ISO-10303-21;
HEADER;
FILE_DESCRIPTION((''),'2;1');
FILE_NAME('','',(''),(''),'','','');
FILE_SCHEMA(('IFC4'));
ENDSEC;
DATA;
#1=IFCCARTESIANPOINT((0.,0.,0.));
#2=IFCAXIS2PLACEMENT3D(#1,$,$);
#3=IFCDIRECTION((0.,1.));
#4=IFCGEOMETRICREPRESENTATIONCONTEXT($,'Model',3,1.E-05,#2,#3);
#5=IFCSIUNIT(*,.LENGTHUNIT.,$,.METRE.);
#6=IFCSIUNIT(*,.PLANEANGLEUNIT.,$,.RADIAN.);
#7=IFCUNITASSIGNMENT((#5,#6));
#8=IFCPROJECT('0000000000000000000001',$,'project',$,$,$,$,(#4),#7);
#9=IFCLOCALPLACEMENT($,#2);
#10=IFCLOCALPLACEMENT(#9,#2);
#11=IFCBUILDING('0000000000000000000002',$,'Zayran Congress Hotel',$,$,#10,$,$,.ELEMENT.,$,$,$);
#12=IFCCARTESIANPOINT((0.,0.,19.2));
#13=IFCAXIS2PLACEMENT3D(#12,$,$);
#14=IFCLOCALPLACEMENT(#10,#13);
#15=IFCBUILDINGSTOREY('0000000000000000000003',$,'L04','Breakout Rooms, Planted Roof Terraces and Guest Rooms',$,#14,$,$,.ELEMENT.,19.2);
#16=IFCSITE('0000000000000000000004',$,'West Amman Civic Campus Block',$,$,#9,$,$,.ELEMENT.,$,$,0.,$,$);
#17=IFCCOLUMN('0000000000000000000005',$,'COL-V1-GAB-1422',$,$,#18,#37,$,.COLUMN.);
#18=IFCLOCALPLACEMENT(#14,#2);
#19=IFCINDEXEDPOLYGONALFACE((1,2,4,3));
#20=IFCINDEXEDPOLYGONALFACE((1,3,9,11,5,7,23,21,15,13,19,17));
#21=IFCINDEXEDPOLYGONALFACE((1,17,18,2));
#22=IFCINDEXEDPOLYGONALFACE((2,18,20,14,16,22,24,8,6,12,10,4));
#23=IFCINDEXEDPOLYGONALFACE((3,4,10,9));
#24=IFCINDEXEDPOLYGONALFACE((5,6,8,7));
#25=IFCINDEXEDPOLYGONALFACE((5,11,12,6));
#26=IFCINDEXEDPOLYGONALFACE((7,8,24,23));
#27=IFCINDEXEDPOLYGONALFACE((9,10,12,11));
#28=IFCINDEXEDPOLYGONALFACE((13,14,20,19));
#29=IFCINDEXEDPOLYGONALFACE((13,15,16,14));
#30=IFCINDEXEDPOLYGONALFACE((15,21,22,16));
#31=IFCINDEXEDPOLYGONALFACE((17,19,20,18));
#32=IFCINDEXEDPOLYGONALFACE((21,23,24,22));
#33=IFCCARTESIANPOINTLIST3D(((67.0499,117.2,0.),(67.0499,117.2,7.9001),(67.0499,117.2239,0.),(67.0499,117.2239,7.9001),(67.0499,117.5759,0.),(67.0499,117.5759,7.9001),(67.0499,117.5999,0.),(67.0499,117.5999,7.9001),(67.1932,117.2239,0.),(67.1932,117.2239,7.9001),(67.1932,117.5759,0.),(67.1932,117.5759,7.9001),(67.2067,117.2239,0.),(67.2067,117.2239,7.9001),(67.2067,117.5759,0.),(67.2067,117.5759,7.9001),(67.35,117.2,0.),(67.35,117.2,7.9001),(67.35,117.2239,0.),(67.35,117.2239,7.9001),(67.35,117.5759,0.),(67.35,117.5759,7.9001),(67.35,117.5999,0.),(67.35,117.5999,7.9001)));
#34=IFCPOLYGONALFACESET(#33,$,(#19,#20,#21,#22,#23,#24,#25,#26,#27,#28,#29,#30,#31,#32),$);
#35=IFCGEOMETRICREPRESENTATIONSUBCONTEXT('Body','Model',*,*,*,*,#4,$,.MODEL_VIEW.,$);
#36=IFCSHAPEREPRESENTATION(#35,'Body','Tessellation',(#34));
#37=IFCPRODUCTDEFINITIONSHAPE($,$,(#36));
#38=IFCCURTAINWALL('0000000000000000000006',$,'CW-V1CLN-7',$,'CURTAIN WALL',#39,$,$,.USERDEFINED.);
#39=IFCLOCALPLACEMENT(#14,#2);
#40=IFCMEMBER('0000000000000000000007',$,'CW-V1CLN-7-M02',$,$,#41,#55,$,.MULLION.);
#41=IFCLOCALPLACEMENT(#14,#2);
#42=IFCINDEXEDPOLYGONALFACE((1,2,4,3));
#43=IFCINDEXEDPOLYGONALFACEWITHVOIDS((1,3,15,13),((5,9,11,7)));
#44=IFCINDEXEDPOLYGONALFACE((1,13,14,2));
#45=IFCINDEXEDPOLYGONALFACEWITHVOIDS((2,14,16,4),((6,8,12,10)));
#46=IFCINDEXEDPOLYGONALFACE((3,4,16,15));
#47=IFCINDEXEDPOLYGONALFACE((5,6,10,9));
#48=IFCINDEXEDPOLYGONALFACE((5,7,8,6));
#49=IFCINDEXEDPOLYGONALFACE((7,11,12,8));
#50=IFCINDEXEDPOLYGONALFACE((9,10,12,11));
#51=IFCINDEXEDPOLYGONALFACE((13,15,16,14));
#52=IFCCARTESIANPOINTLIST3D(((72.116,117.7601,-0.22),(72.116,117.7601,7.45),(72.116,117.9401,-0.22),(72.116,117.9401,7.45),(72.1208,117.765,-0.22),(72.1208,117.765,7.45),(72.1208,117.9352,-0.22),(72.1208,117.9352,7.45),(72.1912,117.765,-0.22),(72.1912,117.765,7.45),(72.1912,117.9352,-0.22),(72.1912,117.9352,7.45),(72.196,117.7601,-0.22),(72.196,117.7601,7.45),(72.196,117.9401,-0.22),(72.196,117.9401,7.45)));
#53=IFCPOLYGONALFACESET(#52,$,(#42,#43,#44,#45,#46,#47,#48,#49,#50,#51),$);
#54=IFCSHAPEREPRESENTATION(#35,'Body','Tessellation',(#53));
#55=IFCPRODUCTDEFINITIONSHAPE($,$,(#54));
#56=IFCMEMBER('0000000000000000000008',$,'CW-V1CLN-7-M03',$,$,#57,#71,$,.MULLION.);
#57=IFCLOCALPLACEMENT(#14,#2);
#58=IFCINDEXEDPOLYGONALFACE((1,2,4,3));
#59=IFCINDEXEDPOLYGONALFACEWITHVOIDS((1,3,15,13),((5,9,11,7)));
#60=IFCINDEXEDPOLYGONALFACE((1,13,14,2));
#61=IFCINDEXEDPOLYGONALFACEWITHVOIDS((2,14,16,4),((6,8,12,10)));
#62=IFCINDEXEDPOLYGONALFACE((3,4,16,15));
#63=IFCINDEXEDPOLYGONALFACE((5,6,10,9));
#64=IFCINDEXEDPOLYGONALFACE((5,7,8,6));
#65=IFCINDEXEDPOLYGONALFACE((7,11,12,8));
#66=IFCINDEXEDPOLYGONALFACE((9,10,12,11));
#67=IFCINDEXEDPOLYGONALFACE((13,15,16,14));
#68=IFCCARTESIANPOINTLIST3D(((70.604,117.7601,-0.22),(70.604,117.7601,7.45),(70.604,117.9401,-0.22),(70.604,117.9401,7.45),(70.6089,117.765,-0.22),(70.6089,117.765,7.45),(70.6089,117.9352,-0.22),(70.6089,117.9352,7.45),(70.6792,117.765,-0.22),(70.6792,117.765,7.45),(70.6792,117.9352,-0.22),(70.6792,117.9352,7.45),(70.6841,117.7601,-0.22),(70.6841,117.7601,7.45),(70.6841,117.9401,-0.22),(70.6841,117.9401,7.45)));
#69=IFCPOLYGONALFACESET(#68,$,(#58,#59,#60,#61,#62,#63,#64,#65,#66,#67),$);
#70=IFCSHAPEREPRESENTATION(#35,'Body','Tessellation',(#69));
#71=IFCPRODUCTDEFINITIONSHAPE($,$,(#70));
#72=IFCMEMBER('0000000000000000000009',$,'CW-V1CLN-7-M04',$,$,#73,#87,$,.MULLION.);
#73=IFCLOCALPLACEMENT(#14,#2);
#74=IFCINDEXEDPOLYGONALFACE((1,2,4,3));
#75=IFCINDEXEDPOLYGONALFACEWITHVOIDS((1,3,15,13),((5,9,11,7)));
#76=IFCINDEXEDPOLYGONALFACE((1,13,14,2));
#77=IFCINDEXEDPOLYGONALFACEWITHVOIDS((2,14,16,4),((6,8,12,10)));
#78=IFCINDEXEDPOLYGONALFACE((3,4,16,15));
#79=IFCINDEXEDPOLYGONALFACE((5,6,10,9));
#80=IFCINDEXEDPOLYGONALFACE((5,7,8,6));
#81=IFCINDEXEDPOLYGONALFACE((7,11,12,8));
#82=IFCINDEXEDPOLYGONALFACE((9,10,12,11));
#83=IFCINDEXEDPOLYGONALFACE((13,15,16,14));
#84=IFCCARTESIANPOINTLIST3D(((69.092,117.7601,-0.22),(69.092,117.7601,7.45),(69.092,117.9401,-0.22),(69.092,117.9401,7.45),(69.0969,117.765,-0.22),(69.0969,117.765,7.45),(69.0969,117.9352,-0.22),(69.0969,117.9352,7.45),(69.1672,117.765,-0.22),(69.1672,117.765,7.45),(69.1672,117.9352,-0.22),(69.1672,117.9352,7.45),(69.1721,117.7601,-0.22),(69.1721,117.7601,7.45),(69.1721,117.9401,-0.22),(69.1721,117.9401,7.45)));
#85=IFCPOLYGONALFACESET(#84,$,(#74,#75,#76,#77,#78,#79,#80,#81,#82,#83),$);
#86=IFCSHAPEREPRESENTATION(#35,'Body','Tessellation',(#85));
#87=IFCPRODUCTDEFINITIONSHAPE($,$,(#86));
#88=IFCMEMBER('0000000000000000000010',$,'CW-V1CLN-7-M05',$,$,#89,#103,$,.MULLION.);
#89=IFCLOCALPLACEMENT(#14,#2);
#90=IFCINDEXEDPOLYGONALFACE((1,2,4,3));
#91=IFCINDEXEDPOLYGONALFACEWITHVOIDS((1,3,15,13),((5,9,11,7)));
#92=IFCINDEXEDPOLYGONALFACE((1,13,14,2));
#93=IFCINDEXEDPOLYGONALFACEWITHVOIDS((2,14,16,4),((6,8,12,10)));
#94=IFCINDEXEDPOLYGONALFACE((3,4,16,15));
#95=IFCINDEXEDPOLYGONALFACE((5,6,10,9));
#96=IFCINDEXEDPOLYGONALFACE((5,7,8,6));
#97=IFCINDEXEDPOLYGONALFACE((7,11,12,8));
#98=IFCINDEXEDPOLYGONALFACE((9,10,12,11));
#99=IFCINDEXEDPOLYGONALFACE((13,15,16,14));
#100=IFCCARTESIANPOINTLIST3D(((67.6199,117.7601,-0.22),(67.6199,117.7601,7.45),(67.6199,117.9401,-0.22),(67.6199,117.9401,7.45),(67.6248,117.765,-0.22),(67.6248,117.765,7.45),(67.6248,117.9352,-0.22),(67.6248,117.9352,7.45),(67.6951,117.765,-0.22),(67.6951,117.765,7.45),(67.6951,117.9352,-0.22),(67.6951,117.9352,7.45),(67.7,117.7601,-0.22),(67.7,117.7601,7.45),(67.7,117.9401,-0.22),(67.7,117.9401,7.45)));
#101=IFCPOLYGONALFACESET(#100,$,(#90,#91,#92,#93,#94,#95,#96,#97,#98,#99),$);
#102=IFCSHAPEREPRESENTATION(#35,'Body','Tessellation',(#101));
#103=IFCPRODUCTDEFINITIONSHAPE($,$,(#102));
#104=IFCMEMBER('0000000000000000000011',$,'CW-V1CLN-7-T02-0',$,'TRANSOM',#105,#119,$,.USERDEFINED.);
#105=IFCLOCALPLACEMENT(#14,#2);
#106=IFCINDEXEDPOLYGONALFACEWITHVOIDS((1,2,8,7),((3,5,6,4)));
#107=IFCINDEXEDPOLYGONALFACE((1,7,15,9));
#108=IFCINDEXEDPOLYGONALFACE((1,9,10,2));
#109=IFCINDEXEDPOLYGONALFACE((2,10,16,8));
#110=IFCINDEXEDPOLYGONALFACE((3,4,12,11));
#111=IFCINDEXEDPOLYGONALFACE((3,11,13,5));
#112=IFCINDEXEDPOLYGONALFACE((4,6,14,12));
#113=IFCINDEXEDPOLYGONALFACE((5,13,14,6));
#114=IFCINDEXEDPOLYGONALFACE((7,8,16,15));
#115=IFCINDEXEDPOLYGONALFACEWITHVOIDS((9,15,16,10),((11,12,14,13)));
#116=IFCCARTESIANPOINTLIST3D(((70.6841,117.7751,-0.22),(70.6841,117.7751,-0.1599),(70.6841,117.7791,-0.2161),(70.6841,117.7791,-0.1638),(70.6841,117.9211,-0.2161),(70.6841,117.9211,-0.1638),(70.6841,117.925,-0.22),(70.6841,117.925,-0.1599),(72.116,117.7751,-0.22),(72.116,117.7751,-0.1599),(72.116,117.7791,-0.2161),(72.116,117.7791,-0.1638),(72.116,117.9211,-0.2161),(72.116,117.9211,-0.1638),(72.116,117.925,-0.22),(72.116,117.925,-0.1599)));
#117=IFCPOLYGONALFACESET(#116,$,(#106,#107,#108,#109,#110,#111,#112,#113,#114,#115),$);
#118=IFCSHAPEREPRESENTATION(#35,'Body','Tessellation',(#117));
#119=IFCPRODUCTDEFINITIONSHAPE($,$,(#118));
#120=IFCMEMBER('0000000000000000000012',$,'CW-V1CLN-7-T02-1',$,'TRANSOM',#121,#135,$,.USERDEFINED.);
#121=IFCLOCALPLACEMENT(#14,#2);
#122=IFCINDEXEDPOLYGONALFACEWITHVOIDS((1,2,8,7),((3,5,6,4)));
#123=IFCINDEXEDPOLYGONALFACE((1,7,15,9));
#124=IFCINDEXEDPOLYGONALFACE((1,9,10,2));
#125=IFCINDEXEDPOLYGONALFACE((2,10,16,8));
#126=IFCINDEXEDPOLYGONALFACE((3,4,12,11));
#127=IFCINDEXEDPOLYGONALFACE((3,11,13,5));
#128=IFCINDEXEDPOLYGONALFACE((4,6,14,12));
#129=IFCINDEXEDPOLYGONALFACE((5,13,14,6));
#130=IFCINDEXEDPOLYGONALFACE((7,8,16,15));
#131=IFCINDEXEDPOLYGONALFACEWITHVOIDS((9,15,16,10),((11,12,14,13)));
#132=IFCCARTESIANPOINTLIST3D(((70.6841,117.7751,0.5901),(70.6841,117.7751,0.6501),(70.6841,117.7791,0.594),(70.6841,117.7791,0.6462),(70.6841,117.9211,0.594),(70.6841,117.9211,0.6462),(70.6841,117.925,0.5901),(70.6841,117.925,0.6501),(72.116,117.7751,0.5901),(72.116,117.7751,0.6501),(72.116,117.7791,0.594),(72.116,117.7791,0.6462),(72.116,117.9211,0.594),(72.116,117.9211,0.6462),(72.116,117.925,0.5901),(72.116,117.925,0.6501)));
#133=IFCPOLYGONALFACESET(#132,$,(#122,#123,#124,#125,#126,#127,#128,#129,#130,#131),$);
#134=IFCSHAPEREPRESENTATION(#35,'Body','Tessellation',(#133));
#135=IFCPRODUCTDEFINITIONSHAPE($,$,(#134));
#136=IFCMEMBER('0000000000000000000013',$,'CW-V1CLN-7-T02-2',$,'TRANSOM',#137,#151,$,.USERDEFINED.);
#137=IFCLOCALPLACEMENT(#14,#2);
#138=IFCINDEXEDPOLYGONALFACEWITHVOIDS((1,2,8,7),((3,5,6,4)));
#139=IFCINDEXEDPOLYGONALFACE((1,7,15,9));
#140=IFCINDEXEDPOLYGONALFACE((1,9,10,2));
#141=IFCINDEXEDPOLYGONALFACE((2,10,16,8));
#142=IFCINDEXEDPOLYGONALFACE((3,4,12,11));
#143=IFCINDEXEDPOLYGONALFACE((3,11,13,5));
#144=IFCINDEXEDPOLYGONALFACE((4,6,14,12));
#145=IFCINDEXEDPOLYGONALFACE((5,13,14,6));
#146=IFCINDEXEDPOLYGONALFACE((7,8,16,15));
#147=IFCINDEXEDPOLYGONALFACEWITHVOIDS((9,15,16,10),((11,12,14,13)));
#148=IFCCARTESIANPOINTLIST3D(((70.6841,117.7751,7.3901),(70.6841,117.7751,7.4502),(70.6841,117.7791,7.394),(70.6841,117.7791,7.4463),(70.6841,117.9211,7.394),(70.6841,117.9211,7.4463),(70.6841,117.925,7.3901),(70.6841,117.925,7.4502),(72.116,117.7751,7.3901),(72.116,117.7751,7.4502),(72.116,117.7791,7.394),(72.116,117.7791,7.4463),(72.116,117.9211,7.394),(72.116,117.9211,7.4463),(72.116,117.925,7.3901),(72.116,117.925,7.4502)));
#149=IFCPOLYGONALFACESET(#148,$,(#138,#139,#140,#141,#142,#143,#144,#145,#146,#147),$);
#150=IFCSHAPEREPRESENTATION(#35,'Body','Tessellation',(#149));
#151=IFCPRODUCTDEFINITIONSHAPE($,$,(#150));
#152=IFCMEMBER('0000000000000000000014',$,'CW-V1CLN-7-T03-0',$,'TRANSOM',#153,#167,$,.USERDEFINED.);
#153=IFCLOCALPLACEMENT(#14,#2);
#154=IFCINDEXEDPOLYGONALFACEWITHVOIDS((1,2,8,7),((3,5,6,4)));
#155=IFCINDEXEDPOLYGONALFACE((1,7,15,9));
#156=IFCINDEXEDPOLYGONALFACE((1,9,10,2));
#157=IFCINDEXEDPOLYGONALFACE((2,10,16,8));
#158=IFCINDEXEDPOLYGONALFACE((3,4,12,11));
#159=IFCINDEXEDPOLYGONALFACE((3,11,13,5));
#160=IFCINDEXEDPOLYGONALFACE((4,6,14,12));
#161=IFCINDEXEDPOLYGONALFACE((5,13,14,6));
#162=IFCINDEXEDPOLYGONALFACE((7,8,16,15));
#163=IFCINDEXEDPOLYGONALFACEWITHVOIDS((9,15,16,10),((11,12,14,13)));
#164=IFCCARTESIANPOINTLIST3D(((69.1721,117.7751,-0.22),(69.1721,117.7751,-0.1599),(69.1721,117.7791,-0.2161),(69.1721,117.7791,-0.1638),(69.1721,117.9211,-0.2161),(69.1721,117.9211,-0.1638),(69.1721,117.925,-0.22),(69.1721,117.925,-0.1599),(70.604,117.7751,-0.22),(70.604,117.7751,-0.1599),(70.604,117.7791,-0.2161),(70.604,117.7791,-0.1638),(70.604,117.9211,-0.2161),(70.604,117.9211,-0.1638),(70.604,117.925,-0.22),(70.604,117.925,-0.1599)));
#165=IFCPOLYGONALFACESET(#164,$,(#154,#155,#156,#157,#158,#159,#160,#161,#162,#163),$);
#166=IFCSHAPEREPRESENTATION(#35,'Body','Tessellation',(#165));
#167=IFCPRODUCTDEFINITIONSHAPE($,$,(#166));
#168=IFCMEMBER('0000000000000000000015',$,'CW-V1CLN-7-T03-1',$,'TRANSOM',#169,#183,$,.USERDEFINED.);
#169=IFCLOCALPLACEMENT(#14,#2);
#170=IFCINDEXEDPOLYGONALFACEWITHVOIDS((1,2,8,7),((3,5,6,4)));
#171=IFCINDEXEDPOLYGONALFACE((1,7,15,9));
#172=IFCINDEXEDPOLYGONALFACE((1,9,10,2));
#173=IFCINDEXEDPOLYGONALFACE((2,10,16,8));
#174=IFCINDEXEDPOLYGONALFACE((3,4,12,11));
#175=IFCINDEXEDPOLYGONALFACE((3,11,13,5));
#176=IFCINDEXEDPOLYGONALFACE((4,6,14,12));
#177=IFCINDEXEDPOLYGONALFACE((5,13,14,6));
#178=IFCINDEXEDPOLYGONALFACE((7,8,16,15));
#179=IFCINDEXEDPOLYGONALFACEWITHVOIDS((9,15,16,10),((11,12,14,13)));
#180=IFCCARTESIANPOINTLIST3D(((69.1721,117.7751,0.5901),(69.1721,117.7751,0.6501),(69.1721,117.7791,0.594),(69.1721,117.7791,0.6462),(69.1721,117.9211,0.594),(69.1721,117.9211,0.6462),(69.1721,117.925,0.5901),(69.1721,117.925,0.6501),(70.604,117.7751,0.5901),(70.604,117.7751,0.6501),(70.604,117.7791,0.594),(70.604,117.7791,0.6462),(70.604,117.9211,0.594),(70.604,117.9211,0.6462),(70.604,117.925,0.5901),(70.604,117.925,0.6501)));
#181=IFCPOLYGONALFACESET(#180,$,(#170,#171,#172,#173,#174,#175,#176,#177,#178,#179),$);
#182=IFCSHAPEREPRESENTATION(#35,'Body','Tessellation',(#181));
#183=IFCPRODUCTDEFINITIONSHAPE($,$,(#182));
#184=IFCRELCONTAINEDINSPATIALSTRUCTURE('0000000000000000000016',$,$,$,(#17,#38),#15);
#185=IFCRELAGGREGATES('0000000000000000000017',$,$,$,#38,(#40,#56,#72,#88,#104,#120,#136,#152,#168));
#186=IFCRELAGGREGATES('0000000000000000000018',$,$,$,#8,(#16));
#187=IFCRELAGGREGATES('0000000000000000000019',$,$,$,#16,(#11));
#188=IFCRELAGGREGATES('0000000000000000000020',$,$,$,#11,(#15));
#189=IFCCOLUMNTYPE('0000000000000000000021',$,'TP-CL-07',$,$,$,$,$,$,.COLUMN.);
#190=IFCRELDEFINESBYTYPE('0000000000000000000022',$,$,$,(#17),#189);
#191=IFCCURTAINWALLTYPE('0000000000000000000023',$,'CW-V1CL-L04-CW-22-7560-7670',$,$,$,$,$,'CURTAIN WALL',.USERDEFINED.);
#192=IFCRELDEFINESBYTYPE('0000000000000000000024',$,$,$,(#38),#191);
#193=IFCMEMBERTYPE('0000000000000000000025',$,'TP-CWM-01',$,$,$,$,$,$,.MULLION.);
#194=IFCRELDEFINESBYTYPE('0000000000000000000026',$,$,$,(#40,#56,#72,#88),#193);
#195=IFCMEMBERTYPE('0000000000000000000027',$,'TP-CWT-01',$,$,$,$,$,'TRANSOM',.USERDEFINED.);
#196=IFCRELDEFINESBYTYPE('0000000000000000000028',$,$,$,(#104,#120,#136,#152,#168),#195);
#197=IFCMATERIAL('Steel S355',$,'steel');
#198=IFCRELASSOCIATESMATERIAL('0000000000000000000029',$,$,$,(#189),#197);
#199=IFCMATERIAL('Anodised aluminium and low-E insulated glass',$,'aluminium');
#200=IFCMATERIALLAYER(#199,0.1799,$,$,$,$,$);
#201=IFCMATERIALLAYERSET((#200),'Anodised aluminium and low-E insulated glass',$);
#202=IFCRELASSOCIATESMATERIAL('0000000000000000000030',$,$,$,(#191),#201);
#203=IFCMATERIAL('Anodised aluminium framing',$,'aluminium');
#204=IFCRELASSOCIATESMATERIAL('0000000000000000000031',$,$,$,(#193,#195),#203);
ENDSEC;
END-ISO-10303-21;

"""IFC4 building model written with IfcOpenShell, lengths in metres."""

from ifc_helpers import new_model, si_unit, direction, frame, origin, origin_2d, place, context, subcontext, project, spatial, hollow_rectangle, i_section, extrude, material, layer, layer_set, material_profile, profile_set, type_object, element, aggregate, save


model = new_model("IFC4")

# Units and contexts
model_context = context("Model", 3, precision=1e-05, world=origin(), true_north=direction((0.0, 1.0)))
body_context = subcontext(model_context, "Body", "Model", "MODEL_VIEW")
ifc_project = project(units=[si_unit("LENGTHUNIT", "METRE"), si_unit("PLANEANGLEUNIT", "RADIAN")], contexts=[model_context])

# Site, building, storey
site_placement = place(None, origin())
site = spatial("IfcSite", under=ifc_project, at=site_placement, Name="West Amman Civic Campus Block", CompositionType="ELEMENT", RefElevation=0.0)
building_placement = place(site_placement, origin())
building = spatial("IfcBuilding", under=site, at=building_placement, Name="Zayran Congress Hotel", CompositionType="ELEMENT")
storey_placement = place(building_placement, frame((0.0, 0.0, 19.2)))
storey = spatial("IfcBuildingStorey", under=building, at=storey_placement, Name="L04", Description="Breakout Rooms, Planted Roof Terraces and Guest Rooms", CompositionType="ELEMENT", Elevation=19.2)

# Column
ifc_material_1 = material(Name="Steel S355", Category="steel")
ifc_material_profile_1 = material_profile(ifc_material_1, i_section(OverallWidth=0.3, OverallDepth=0.3999, WebThickness=0.0134, FlangeThickness=0.0239, at=origin_2d()), Name="HEB 400")
ifc_profile_set_1 = profile_set([ifc_material_profile_1], Name="Steel S355")
column_type = type_object("IfcColumnType", Name="TP-CL-07", PredefinedType="COLUMN", material=ifc_profile_set_1)
column_placement = place(storey_placement, frame((67.2, 117.3999, 0.0), z_axis=(0.0, 0.0, 1.0), x_axis=(1.0, 0.0, 0.0)))
element("IfcColumn", 1, at=column_placement, inside=storey, type_object=column_type, Name="COL-V1-GAB-1422", PredefinedType="COLUMN", context=body_context, shape_type="SweptSolid", body=[
    extrude(i_section(OverallWidth=0.3, OverallDepth=0.3999, WebThickness=0.0134, FlangeThickness=0.0239, at=origin_2d()), origin(), (0.0, 0.0, 1.0), 7.9001),
])

# Curtain wall, members
ifc_material_2 = material(Name="Anodised aluminium and low-E insulated glass", Category="aluminium")
ifc_layer_1 = layer(ifc_material_2, 0.1799)
ifc_layer_set_1 = layer_set([ifc_layer_1], Name="Anodised aluminium and low-E insulated glass")
curtain_wall_type = type_object("IfcCurtainWallType", Name="CW-V1CL-L04-CW-22-7560-7670", ElementType="CURTAIN WALL", PredefinedType="USERDEFINED", material=ifc_layer_set_1)
curtain_wall_placement = place(storey_placement, origin())
curtain_wall = element("IfcCurtainWall", 2, at=curtain_wall_placement, inside=storey, type_object=curtain_wall_type, Name="CW-V1CLN-7", ObjectType="CURTAIN WALL", PredefinedType="USERDEFINED")
ifc_material_3 = material(Name="Anodised aluminium framing", Category="aluminium")
ifc_material_profile_2 = material_profile(ifc_material_3, hollow_rectangle(XDim=0.0801, YDim=0.1799, WallThickness=0.0049, at=origin_2d()), Name="RHS 180x80x5")
ifc_profile_set_2 = profile_set([ifc_material_profile_2], Name="Anodised aluminium framing")
member_type_1 = type_object("IfcMemberType", Name="TP-CWM-01", PredefinedType="MULLION", material=ifc_profile_set_2)
member_1_placement = place(storey_placement, frame((72.156, 117.8501, -0.22), z_axis=(0.0, 0.0, 1.0), x_axis=(1.0, 0.0, 0.0)))
member_1 = element("IfcMember", 3, at=member_1_placement, type_object=member_type_1, Name="CW-V1CLN-7-M02", PredefinedType="MULLION", context=body_context, shape_type="SweptSolid", body=[
    extrude(hollow_rectangle(XDim=0.0801, YDim=0.1799, WallThickness=0.0049, at=origin_2d()), origin(), (0.0, 0.0, 1.0), 7.6699),
])
member_2_placement = place(storey_placement, frame((70.644, 117.8501, -0.22), z_axis=(0.0, 0.0, 1.0), x_axis=(1.0, 0.0, 0.0)))
member_2 = element("IfcMember", 4, at=member_2_placement, type_object=member_type_1, Name="CW-V1CLN-7-M03", PredefinedType="MULLION", context=body_context, shape_type="SweptSolid", body=[
    extrude(hollow_rectangle(XDim=0.0801, YDim=0.1799, WallThickness=0.0049, at=origin_2d()), origin(), (0.0, 0.0, 1.0), 7.6699),
])
member_3_placement = place(storey_placement, frame((69.1321, 117.8501, -0.22), z_axis=(0.0, 0.0, 1.0), x_axis=(1.0, 0.0, 0.0)))
member_3 = element("IfcMember", 5, at=member_3_placement, type_object=member_type_1, Name="CW-V1CLN-7-M04", PredefinedType="MULLION", context=body_context, shape_type="SweptSolid", body=[
    extrude(hollow_rectangle(XDim=0.0801, YDim=0.1799, WallThickness=0.0049, at=origin_2d()), origin(), (0.0, 0.0, 1.0), 7.6699),
])
member_4_placement = place(storey_placement, frame((67.6599, 117.8501, -0.22), z_axis=(0.0, 0.0, 1.0), x_axis=(1.0, 0.0, 0.0)))
member_4 = element("IfcMember", 6, at=member_4_placement, type_object=member_type_1, Name="CW-V1CLN-7-M05", PredefinedType="MULLION", context=body_context, shape_type="SweptSolid", body=[
    extrude(hollow_rectangle(XDim=0.0801, YDim=0.1799, WallThickness=0.0049, at=origin_2d()), origin(), (0.0, 0.0, 1.0), 7.6699),
])
ifc_material_profile_3 = material_profile(ifc_material_3, hollow_rectangle(XDim=0.0601, YDim=0.1499, WallThickness=0.0039, at=origin_2d()), Name="RHS 150x60x4")
ifc_profile_set_3 = profile_set([ifc_material_profile_3], Name="Anodised aluminium framing")
member_type_2 = type_object("IfcMemberType", Name="TP-CWT-01", ElementType="TRANSOM", PredefinedType="USERDEFINED", material=ifc_profile_set_3)
member_5_placement = place(storey_placement, frame((72.116, 117.8501, -0.1899), z_axis=(-1.0, 0.0, 0.0), x_axis=(0.0, 0.0, 1.0)))
member_5 = element("IfcMember", 7, at=member_5_placement, type_object=member_type_2, Name="CW-V1CLN-7-T02-0", ObjectType="TRANSOM", PredefinedType="USERDEFINED", context=body_context, shape_type="SweptSolid", body=[
    extrude(hollow_rectangle(XDim=0.0601, YDim=0.1499, WallThickness=0.0039, at=origin_2d()), origin(), (0.0, 0.0, 1.0), 1.4319),
])
member_6_placement = place(storey_placement, frame((72.116, 117.8501, 0.6201), z_axis=(-1.0, 0.0, 0.0), x_axis=(0.0, 0.0, 1.0)))
member_6 = element("IfcMember", 8, at=member_6_placement, type_object=member_type_2, Name="CW-V1CLN-7-T02-1", ObjectType="TRANSOM", PredefinedType="USERDEFINED", context=body_context, shape_type="SweptSolid", body=[
    extrude(hollow_rectangle(XDim=0.0601, YDim=0.1499, WallThickness=0.0039, at=origin_2d()), origin(), (0.0, 0.0, 1.0), 1.4319),
])
member_7_placement = place(storey_placement, frame((72.116, 117.8501, 7.4202), z_axis=(-1.0, 0.0, 0.0), x_axis=(0.0, 0.0, 1.0)))
member_7 = element("IfcMember", 9, at=member_7_placement, type_object=member_type_2, Name="CW-V1CLN-7-T02-2", ObjectType="TRANSOM", PredefinedType="USERDEFINED", context=body_context, shape_type="SweptSolid", body=[
    extrude(hollow_rectangle(XDim=0.0601, YDim=0.1499, WallThickness=0.0039, at=origin_2d()), origin(), (0.0, 0.0, 1.0), 1.4319),
])
member_8_placement = place(storey_placement, frame((70.604, 117.8501, -0.1899), z_axis=(-1.0, 0.0, 0.0), x_axis=(0.0, 0.0, 1.0)))
member_8 = element("IfcMember", 10, at=member_8_placement, type_object=member_type_2, Name="CW-V1CLN-7-T03-0", ObjectType="TRANSOM", PredefinedType="USERDEFINED", context=body_context, shape_type="SweptSolid", body=[
    extrude(hollow_rectangle(XDim=0.0601, YDim=0.1499, WallThickness=0.0039, at=origin_2d()), origin(), (0.0, 0.0, 1.0), 1.4319),
])
member_9_placement = place(storey_placement, frame((70.604, 117.8501, 0.6201), z_axis=(-1.0, 0.0, 0.0), x_axis=(0.0, 0.0, 1.0)))
member_9 = element("IfcMember", 11, at=member_9_placement, type_object=member_type_2, Name="CW-V1CLN-7-T03-1", ObjectType="TRANSOM", PredefinedType="USERDEFINED", context=body_context, shape_type="SweptSolid", body=[
    extrude(hollow_rectangle(XDim=0.0601, YDim=0.1499, WallThickness=0.0039, at=origin_2d()), origin(), (0.0, 0.0, 1.0), 1.4319),
])

aggregate(curtain_wall, [member_1, member_2, member_3, member_4, member_5, member_6, member_7, member_8, member_9])

save(model, "model.ifc")
